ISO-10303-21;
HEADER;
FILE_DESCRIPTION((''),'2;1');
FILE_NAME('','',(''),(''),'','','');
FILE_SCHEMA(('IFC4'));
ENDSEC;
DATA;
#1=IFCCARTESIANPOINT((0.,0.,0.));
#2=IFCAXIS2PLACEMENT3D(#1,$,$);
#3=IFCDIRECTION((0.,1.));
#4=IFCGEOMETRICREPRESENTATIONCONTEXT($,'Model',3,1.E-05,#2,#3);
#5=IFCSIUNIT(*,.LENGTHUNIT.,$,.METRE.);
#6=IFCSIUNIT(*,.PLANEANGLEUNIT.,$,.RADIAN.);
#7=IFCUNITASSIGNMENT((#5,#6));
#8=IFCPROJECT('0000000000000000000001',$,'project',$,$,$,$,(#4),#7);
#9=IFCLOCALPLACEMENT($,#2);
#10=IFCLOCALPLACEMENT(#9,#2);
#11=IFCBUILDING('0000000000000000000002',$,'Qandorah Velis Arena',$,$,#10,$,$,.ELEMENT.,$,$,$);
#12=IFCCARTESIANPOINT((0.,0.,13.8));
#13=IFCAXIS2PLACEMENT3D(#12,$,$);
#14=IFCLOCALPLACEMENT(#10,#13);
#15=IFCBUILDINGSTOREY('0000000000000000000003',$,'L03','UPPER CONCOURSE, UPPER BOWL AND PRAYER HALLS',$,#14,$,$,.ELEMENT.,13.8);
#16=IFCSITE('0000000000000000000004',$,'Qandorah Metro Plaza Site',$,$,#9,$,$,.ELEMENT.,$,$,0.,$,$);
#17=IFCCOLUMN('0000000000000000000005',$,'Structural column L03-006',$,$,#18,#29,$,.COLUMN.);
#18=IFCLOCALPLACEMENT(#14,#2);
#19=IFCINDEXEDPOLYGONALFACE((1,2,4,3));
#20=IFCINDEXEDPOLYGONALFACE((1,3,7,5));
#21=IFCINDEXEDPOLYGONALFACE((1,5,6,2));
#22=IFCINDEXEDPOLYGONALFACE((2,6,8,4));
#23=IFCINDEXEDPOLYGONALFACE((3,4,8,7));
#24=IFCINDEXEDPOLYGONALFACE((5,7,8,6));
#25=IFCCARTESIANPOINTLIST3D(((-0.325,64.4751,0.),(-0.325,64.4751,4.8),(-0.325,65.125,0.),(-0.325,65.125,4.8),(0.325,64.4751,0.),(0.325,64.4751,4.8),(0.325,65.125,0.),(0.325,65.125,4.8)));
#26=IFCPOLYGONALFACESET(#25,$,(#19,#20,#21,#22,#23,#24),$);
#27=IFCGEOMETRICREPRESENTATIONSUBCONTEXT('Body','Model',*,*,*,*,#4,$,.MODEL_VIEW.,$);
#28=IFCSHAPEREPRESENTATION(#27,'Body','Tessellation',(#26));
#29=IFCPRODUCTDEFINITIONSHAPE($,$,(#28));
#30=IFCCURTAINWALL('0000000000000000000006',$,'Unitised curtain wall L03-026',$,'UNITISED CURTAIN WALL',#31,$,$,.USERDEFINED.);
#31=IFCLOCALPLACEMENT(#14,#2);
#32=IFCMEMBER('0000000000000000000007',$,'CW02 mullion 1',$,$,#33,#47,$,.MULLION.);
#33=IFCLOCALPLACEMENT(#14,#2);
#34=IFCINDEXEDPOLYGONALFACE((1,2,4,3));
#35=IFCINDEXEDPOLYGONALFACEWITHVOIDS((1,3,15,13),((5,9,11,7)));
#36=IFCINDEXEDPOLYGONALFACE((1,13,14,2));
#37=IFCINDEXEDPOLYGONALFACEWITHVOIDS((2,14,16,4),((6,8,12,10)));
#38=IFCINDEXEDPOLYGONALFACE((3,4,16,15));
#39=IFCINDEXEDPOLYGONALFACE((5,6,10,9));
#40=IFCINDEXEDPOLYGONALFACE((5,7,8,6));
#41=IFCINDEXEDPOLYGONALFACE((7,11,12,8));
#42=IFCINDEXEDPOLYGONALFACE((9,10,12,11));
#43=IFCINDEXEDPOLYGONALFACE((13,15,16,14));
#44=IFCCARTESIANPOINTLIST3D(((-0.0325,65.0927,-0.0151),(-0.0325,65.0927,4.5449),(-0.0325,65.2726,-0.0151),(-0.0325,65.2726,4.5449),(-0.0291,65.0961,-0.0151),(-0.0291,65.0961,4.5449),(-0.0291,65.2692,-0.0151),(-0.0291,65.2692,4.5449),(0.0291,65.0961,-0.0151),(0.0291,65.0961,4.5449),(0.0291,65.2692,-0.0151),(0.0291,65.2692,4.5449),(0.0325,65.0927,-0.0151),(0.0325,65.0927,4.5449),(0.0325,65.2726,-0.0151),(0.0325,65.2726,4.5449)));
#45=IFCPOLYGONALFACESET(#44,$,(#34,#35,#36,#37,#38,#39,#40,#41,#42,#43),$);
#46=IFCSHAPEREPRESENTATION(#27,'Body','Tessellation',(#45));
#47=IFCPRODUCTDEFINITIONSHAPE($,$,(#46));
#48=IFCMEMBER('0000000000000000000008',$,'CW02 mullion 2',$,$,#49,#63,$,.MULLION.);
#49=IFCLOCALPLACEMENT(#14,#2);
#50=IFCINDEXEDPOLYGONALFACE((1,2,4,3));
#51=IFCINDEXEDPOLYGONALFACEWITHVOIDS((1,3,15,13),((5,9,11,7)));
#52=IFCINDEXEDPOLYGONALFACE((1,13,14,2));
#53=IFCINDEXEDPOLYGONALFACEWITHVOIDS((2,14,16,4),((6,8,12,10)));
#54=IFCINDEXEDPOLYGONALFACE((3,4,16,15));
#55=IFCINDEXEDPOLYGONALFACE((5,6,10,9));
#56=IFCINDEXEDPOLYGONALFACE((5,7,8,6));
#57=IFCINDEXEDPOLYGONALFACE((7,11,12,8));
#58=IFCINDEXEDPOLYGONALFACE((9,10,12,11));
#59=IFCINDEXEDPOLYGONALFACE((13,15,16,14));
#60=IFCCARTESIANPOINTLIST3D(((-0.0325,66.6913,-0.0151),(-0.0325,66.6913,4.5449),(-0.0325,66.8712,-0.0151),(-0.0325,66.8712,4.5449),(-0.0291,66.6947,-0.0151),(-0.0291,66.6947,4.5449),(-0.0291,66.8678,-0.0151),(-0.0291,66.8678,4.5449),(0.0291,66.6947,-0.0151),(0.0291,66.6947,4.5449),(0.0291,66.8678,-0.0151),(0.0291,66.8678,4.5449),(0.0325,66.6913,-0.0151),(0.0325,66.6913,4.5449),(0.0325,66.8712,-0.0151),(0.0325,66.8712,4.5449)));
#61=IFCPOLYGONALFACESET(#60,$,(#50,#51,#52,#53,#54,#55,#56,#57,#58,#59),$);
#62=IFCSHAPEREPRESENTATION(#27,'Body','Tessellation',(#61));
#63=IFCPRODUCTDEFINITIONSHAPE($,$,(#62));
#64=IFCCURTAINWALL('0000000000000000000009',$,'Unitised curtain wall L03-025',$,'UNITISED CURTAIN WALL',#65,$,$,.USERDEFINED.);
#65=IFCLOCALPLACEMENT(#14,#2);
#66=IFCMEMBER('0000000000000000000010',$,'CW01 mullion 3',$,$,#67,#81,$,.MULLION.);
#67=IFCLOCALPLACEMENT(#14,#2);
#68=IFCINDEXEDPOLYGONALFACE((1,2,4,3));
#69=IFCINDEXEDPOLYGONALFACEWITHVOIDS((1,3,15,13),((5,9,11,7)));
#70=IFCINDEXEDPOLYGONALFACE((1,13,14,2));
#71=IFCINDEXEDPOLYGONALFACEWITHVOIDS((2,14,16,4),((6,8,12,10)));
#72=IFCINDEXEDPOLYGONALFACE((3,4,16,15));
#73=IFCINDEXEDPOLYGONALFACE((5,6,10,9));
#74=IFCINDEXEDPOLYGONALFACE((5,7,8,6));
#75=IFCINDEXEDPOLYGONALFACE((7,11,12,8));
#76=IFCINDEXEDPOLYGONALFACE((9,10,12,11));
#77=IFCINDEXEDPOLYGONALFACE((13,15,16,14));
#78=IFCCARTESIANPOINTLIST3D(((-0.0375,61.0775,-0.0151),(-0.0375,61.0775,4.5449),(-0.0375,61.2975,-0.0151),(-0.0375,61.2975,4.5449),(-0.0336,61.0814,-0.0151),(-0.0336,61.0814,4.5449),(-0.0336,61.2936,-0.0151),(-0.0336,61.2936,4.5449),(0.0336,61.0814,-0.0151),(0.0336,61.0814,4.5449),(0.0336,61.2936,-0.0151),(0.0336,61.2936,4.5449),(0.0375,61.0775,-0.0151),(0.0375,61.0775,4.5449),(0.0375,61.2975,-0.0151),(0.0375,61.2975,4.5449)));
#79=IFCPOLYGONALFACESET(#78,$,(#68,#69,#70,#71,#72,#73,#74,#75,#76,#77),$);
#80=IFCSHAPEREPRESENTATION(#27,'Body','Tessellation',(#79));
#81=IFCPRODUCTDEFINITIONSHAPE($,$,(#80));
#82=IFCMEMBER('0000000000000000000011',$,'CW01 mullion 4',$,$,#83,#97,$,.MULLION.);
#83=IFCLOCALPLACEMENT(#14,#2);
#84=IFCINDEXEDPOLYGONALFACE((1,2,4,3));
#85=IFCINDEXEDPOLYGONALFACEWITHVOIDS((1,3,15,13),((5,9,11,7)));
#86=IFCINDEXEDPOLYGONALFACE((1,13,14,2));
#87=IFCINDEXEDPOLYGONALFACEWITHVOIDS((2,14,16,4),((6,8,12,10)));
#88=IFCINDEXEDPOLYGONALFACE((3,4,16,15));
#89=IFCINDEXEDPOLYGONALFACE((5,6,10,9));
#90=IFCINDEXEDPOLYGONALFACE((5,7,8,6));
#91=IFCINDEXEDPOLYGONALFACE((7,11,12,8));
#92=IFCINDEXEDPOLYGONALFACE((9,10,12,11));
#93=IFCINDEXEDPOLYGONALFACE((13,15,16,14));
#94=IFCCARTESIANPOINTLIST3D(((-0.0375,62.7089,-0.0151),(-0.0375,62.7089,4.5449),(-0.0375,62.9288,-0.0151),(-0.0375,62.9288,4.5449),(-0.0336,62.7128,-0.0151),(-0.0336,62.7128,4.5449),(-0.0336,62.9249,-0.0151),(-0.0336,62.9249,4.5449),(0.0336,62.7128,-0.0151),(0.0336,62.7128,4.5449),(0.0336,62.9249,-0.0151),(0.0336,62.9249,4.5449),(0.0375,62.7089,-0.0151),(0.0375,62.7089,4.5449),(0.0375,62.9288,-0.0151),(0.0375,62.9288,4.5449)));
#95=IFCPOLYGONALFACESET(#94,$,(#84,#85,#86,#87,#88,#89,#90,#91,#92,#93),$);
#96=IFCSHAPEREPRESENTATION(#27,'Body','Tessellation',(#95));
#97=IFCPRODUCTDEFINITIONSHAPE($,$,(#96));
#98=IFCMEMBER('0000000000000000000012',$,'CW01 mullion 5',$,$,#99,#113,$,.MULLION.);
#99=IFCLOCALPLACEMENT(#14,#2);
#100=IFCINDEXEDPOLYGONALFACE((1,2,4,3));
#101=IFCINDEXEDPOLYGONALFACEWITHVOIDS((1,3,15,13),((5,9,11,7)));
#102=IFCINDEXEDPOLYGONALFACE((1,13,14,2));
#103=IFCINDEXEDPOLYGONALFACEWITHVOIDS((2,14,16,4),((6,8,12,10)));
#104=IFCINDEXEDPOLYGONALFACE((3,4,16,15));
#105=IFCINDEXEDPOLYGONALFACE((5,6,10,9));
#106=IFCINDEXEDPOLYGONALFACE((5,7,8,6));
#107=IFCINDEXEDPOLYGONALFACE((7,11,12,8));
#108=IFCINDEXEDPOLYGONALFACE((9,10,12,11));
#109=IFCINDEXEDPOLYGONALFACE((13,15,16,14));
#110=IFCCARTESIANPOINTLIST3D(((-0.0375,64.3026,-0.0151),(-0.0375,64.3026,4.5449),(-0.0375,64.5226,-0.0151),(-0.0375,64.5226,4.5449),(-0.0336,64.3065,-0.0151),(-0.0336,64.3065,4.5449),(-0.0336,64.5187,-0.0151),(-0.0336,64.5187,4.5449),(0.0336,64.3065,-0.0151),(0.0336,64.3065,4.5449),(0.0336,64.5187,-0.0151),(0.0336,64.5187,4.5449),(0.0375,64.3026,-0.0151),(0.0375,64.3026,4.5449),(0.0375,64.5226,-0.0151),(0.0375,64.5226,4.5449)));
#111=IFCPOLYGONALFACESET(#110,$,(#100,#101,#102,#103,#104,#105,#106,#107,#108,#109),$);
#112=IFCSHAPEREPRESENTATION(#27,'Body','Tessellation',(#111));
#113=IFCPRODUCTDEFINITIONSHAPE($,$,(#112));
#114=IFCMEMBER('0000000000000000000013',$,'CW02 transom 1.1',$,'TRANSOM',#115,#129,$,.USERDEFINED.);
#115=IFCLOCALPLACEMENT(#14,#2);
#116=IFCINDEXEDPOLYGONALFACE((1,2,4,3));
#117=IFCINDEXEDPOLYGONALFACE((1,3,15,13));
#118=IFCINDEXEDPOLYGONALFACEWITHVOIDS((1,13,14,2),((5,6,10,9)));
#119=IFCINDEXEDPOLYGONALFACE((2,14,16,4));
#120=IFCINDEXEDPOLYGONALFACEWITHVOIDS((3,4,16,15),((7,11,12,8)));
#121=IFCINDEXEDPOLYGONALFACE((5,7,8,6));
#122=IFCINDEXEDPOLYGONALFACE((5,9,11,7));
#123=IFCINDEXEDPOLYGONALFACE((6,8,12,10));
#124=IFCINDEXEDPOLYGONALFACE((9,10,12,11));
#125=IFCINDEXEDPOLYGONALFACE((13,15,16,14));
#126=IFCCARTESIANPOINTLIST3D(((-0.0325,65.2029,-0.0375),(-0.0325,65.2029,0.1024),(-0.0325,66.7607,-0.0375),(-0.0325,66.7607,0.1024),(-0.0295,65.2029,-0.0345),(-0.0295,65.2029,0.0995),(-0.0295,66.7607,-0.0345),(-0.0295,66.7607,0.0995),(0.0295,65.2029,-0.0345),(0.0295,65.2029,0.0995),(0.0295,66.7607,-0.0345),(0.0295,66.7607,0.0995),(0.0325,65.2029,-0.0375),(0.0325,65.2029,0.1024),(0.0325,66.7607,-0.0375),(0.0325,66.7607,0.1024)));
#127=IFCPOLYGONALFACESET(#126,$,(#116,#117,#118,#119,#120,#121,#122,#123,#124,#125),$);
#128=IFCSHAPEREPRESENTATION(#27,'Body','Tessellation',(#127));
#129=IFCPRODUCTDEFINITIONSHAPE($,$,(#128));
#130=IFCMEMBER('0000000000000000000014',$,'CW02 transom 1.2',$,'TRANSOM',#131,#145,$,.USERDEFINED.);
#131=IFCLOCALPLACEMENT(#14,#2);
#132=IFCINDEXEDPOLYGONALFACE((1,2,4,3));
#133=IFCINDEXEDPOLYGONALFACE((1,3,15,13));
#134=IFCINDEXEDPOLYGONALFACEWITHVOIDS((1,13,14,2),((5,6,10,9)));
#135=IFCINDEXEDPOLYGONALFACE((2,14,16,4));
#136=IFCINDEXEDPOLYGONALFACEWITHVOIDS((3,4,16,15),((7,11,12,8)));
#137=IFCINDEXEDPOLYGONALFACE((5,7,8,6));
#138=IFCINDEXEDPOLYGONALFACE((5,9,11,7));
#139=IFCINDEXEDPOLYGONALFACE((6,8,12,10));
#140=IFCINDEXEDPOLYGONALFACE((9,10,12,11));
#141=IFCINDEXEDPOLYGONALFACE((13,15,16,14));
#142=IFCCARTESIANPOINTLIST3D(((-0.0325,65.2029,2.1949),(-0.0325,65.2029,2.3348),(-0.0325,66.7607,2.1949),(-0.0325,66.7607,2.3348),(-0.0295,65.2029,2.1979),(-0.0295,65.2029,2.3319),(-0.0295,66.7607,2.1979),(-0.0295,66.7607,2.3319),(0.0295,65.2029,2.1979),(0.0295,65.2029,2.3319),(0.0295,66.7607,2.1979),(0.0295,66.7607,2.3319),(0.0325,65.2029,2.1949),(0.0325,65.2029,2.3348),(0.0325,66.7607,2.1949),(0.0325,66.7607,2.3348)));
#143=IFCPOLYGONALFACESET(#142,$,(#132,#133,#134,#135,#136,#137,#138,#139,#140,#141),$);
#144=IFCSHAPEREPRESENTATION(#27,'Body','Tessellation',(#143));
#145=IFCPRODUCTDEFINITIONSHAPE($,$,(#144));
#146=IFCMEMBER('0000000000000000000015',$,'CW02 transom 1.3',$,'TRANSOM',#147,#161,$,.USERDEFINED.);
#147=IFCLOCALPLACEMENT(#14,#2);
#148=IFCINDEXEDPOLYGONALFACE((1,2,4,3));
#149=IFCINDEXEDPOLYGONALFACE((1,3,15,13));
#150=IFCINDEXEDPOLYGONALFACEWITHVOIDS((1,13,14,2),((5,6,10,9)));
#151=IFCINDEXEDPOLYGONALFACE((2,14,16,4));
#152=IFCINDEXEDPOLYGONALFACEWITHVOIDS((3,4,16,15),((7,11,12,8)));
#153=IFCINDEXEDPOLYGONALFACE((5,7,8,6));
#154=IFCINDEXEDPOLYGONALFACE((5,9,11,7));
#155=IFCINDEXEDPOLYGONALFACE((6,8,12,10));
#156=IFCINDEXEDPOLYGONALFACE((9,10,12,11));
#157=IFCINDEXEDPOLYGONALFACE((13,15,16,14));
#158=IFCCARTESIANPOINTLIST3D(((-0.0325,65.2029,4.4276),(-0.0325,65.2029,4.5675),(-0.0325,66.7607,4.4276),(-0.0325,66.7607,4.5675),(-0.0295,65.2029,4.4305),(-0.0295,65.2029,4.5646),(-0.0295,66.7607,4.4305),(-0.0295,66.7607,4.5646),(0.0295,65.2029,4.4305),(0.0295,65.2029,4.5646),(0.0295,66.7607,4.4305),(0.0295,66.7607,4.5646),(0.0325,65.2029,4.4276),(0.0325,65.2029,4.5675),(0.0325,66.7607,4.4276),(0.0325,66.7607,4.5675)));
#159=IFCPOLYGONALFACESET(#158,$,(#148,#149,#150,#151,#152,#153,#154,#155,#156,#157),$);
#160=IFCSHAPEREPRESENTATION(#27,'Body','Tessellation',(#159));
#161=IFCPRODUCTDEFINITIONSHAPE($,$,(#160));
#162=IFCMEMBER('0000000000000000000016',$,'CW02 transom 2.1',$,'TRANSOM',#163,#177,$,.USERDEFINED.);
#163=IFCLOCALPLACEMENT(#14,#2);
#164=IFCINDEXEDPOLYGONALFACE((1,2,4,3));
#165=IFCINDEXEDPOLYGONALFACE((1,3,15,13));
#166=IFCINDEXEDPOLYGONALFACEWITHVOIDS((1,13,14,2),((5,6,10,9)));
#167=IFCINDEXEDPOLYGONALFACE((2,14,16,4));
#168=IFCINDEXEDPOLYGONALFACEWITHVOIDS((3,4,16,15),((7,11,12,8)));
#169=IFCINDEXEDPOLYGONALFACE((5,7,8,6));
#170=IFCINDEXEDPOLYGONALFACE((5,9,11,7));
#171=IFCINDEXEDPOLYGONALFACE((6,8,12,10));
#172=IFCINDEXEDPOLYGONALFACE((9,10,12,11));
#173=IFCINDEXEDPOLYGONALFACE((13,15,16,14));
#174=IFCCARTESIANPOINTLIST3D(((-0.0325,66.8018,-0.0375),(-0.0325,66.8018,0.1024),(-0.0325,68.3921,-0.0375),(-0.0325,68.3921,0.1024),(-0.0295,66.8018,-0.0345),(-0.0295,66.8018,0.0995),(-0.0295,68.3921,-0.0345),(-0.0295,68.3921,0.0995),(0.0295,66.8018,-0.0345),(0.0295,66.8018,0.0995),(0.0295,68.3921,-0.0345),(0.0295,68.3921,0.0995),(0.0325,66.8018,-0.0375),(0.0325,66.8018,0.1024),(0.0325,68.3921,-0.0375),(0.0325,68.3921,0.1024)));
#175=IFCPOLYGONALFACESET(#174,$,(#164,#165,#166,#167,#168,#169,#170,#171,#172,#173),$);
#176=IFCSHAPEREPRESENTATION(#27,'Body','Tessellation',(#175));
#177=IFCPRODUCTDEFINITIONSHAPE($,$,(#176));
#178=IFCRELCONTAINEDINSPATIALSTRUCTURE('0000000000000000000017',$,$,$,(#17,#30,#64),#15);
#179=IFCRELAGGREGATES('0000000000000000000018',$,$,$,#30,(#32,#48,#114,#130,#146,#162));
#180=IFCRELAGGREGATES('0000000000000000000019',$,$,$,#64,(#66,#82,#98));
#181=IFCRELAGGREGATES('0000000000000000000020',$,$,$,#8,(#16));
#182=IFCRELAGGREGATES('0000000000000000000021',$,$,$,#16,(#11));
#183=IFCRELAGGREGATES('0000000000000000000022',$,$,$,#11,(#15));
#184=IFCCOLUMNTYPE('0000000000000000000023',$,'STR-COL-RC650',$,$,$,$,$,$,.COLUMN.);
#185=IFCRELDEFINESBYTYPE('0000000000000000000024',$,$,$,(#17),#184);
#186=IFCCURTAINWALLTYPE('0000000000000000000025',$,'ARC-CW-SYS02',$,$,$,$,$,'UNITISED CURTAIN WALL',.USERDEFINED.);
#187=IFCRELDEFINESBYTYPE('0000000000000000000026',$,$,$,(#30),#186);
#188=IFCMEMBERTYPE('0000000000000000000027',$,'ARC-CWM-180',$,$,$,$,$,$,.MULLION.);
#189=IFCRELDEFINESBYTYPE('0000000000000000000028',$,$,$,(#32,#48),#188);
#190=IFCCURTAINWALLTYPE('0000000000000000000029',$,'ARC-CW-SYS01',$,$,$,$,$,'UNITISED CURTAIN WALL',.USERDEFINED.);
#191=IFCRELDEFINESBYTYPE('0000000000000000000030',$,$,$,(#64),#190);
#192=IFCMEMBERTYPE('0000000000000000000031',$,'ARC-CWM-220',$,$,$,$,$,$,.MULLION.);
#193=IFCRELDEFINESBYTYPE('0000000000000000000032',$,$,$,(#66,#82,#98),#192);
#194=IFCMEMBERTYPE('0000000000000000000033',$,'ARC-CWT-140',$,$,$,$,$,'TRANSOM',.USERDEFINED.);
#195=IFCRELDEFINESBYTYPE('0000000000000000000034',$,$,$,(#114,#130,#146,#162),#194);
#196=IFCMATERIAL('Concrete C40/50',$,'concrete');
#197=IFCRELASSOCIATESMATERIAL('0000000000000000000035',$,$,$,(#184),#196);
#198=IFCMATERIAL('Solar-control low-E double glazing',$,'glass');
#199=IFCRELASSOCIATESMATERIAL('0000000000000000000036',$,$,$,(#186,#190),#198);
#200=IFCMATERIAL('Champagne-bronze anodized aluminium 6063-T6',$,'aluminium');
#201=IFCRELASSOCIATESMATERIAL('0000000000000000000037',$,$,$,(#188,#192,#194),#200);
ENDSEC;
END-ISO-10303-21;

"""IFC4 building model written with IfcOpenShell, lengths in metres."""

from ifc_helpers import new_model, si_unit, direction, frame, origin, origin_2d, place, context, subcontext, project, spatial, rectangle, hollow_rectangle, extrude, material, material_profile, profile_set, type_object, element, aggregate, save


model = new_model("IFC4")

# Units and contexts
model_context = context("Model", 3, precision=1e-05, world=origin(), true_north=direction((0.0, 1.0)))
body_context = subcontext(model_context, "Body", "Model", "MODEL_VIEW")
ifc_project = project(units=[si_unit("LENGTHUNIT", "METRE"), si_unit("PLANEANGLEUNIT", "RADIAN")], contexts=[model_context])

# Site, building, storey
site_placement = place(None, origin())
site = spatial("IfcSite", under=ifc_project, at=site_placement, Name="Qandorah Metro Plaza Site", CompositionType="ELEMENT", RefElevation=0.0)
building_placement = place(site_placement, origin())
building = spatial("IfcBuilding", under=site, at=building_placement, Name="Qandorah Velis Arena", CompositionType="ELEMENT")
storey_placement = place(building_placement, frame((0.0, 0.0, 13.8)))
storey = spatial("IfcBuildingStorey", under=building, at=storey_placement, Name="L03", Description="UPPER CONCOURSE, UPPER BOWL AND PRAYER HALLS", CompositionType="ELEMENT", Elevation=13.8)

# Column
ifc_material_1 = material(Name="Concrete C40/50", Category="concrete")
ifc_material_profile_1 = material_profile(ifc_material_1, rectangle(XDim=0.6499, YDim=0.6499, at=origin_2d()), Name="RC COL 650x650")
ifc_profile_set_1 = profile_set([ifc_material_profile_1], Name="Concrete C40/50")
column_type = type_object("IfcColumnType", Name="STR-COL-RC650", PredefinedType="COLUMN", material=ifc_profile_set_1)
column_placement = place(storey_placement, frame((0.0, 64.8, 0.0), z_axis=(0.0, 0.0, 1.0), x_axis=(1.0, 0.0, 0.0)))
element("IfcColumn", 1, at=column_placement, inside=storey, type_object=column_type, Name="Structural column L03-006", PredefinedType="COLUMN", context=body_context, shape_type="SweptSolid", body=[
    extrude(rectangle(XDim=0.6499, YDim=0.6499, at=origin_2d()), origin(), (0.0, 0.0, 1.0), 4.8),
])

# Curtain walls, members
ifc_material_2 = material(Name="Solar-control low-E double glazing", Category="glass")
curtain_wall_type_1 = type_object("IfcCurtainWallType", Name="ARC-CW-SYS02", ElementType="UNITISED CURTAIN WALL", PredefinedType="USERDEFINED", material=ifc_material_2)
curtain_wall_1_placement = place(storey_placement, origin())
curtain_wall_1 = element("IfcCurtainWall", 2, at=curtain_wall_1_placement, inside=storey, type_object=curtain_wall_type_1, Name="Unitised curtain wall L03-026", ObjectType="UNITISED CURTAIN WALL", PredefinedType="USERDEFINED")
ifc_material_3 = material(Name="Champagne-bronze anodized aluminium 6063-T6", Category="aluminium")
ifc_material_profile_2 = material_profile(ifc_material_3, hollow_rectangle(XDim=0.0649, YDim=0.1799, WallThickness=0.0034, at=origin_2d()), Name="ALU MULLION 65x180")
ifc_profile_set_2 = profile_set([ifc_material_profile_2], Name="Champagne-bronze anodized aluminium 6063-T6")
member_type_1 = type_object("IfcMemberType", Name="ARC-CWM-180", PredefinedType="MULLION", material=ifc_profile_set_2)
member_1_placement = place(storey_placement, frame((0.0, 65.1826, -0.0151), z_axis=(0.0, 0.0, 1.0), x_axis=(-1.0, 0.0, 0.0)))
member_1 = element("IfcMember", 3, at=member_1_placement, type_object=member_type_1, Name="CW02 mullion 1", PredefinedType="MULLION", context=body_context, shape_type="SweptSolid", body=[
    extrude(hollow_rectangle(XDim=0.0649, YDim=0.1799, WallThickness=0.0034, at=origin_2d()), origin(), (0.0, 0.0, 1.0), 4.5601),
])
member_2_placement = place(storey_placement, frame((0.0, 66.7812, -0.0151), z_axis=(0.0, 0.0, 1.0), x_axis=(-1.0, 0.0, 0.0)))
member_2 = element("IfcMember", 4, at=member_2_placement, type_object=member_type_1, Name="CW02 mullion 2", PredefinedType="MULLION", context=body_context, shape_type="SweptSolid", body=[
    extrude(hollow_rectangle(XDim=0.0649, YDim=0.1799, WallThickness=0.0034, at=origin_2d()), origin(), (0.0, 0.0, 1.0), 4.5601),
])
curtain_wall_type_2 = type_object("IfcCurtainWallType", Name="ARC-CW-SYS01", ElementType="UNITISED CURTAIN WALL", PredefinedType="USERDEFINED", material=ifc_material_2)
curtain_wall_2_placement = place(storey_placement, origin())
curtain_wall_2 = element("IfcCurtainWall", 5, at=curtain_wall_2_placement, inside=storey, type_object=curtain_wall_type_2, Name="Unitised curtain wall L03-025", ObjectType="UNITISED CURTAIN WALL", PredefinedType="USERDEFINED")
ifc_material_profile_3 = material_profile(ifc_material_3, hollow_rectangle(XDim=0.075, YDim=0.22, WallThickness=0.0039, at=origin_2d()), Name="ALU MULLION 75x220")
ifc_profile_set_3 = profile_set([ifc_material_profile_3], Name="Champagne-bronze anodized aluminium 6063-T6")
member_type_2 = type_object("IfcMemberType", Name="ARC-CWM-220", PredefinedType="MULLION", material=ifc_profile_set_3)
member_3_placement = place(storey_placement, frame((0.0, 61.1875, -0.0151), z_axis=(0.0, 0.0, 1.0), x_axis=(-1.0, 0.0, 0.0)))
member_3 = element("IfcMember", 6, at=member_3_placement, type_object=member_type_2, Name="CW01 mullion 3", PredefinedType="MULLION", context=body_context, shape_type="SweptSolid", body=[
    extrude(hollow_rectangle(XDim=0.075, YDim=0.22, WallThickness=0.0039, at=origin_2d()), origin(), (0.0, 0.0, 1.0), 4.5601),
])
member_4_placement = place(storey_placement, frame((0.0, 62.8188, -0.0151), z_axis=(0.0, 0.0, 1.0), x_axis=(-1.0, 0.0, 0.0)))
member_4 = element("IfcMember", 7, at=member_4_placement, type_object=member_type_2, Name="CW01 mullion 4", PredefinedType="MULLION", context=body_context, shape_type="SweptSolid", body=[
    extrude(hollow_rectangle(XDim=0.075, YDim=0.22, WallThickness=0.0039, at=origin_2d()), origin(), (0.0, 0.0, 1.0), 4.5601),
])
member_5_placement = place(storey_placement, frame((0.0, 64.4126, -0.0151), z_axis=(0.0, 0.0, 1.0), x_axis=(-1.0, 0.0, 0.0)))
member_5 = element("IfcMember", 8, at=member_5_placement, type_object=member_type_2, Name="CW01 mullion 5", PredefinedType="MULLION", context=body_context, shape_type="SweptSolid", body=[
    extrude(hollow_rectangle(XDim=0.075, YDim=0.22, WallThickness=0.0039, at=origin_2d()), origin(), (0.0, 0.0, 1.0), 4.5601),
])

# Members
ifc_material_profile_4 = material_profile(ifc_material_3, hollow_rectangle(XDim=0.0649, YDim=0.1399, WallThickness=0.0029, at=origin_2d()), Name="ALU TRANSOM 65x140")
ifc_profile_set_4 = profile_set([ifc_material_profile_4], Name="Champagne-bronze anodized aluminium 6063-T6")
member_type_3 = type_object("IfcMemberType", Name="ARC-CWT-140", ElementType="TRANSOM", PredefinedType="USERDEFINED", material=ifc_profile_set_4)
member_6_placement = place(storey_placement, frame((0.0, 65.2029, 0.0325), z_axis=(0.0, 1.0, 0.0), x_axis=(-1.0, 0.0, 0.0)))
member_6 = element("IfcMember", 9, at=member_6_placement, type_object=member_type_3, Name="CW02 transom 1.1", ObjectType="TRANSOM", PredefinedType="USERDEFINED", context=body_context, shape_type="SweptSolid", body=[
    extrude(hollow_rectangle(XDim=0.0649, YDim=0.1399, WallThickness=0.0029, at=origin_2d()), origin(), (0.0, 0.0, 1.0), 1.5579),
])
member_7_placement = place(storey_placement, frame((0.0, 65.2029, 2.2649), z_axis=(0.0, 1.0, 0.0), x_axis=(-1.0, 0.0, 0.0)))
member_7 = element("IfcMember", 10, at=member_7_placement, type_object=member_type_3, Name="CW02 transom 1.2", ObjectType="TRANSOM", PredefinedType="USERDEFINED", context=body_context, shape_type="SweptSolid", body=[
    extrude(hollow_rectangle(XDim=0.0649, YDim=0.1399, WallThickness=0.0029, at=origin_2d()), origin(), (0.0, 0.0, 1.0), 1.5579),
])
member_8_placement = place(storey_placement, frame((0.0, 65.2029, 4.4976), z_axis=(0.0, 1.0, 0.0), x_axis=(-1.0, 0.0, 0.0)))
member_8 = element("IfcMember", 11, at=member_8_placement, type_object=member_type_3, Name="CW02 transom 1.3", ObjectType="TRANSOM", PredefinedType="USERDEFINED", context=body_context, shape_type="SweptSolid", body=[
    extrude(hollow_rectangle(XDim=0.0649, YDim=0.1399, WallThickness=0.0029, at=origin_2d()), origin(), (0.0, 0.0, 1.0), 1.5579),
])
member_9_placement = place(storey_placement, frame((0.0, 66.8018, 0.0325), z_axis=(0.0, 1.0, 0.0), x_axis=(-1.0, 0.0, 0.0)))
member_9 = element("IfcMember", 12, at=member_9_placement, type_object=member_type_3, Name="CW02 transom 2.1", ObjectType="TRANSOM", PredefinedType="USERDEFINED", context=body_context, shape_type="SweptSolid", body=[
    extrude(hollow_rectangle(XDim=0.0649, YDim=0.1399, WallThickness=0.0029, at=origin_2d()), origin(), (0.0, 0.0, 1.0), 1.5903),
])

aggregate(curtain_wall_1, [member_1, member_2, member_6, member_7, member_8, member_9])
aggregate(curtain_wall_2, [member_3, member_4, member_5])

save(model, "model.ifc")
